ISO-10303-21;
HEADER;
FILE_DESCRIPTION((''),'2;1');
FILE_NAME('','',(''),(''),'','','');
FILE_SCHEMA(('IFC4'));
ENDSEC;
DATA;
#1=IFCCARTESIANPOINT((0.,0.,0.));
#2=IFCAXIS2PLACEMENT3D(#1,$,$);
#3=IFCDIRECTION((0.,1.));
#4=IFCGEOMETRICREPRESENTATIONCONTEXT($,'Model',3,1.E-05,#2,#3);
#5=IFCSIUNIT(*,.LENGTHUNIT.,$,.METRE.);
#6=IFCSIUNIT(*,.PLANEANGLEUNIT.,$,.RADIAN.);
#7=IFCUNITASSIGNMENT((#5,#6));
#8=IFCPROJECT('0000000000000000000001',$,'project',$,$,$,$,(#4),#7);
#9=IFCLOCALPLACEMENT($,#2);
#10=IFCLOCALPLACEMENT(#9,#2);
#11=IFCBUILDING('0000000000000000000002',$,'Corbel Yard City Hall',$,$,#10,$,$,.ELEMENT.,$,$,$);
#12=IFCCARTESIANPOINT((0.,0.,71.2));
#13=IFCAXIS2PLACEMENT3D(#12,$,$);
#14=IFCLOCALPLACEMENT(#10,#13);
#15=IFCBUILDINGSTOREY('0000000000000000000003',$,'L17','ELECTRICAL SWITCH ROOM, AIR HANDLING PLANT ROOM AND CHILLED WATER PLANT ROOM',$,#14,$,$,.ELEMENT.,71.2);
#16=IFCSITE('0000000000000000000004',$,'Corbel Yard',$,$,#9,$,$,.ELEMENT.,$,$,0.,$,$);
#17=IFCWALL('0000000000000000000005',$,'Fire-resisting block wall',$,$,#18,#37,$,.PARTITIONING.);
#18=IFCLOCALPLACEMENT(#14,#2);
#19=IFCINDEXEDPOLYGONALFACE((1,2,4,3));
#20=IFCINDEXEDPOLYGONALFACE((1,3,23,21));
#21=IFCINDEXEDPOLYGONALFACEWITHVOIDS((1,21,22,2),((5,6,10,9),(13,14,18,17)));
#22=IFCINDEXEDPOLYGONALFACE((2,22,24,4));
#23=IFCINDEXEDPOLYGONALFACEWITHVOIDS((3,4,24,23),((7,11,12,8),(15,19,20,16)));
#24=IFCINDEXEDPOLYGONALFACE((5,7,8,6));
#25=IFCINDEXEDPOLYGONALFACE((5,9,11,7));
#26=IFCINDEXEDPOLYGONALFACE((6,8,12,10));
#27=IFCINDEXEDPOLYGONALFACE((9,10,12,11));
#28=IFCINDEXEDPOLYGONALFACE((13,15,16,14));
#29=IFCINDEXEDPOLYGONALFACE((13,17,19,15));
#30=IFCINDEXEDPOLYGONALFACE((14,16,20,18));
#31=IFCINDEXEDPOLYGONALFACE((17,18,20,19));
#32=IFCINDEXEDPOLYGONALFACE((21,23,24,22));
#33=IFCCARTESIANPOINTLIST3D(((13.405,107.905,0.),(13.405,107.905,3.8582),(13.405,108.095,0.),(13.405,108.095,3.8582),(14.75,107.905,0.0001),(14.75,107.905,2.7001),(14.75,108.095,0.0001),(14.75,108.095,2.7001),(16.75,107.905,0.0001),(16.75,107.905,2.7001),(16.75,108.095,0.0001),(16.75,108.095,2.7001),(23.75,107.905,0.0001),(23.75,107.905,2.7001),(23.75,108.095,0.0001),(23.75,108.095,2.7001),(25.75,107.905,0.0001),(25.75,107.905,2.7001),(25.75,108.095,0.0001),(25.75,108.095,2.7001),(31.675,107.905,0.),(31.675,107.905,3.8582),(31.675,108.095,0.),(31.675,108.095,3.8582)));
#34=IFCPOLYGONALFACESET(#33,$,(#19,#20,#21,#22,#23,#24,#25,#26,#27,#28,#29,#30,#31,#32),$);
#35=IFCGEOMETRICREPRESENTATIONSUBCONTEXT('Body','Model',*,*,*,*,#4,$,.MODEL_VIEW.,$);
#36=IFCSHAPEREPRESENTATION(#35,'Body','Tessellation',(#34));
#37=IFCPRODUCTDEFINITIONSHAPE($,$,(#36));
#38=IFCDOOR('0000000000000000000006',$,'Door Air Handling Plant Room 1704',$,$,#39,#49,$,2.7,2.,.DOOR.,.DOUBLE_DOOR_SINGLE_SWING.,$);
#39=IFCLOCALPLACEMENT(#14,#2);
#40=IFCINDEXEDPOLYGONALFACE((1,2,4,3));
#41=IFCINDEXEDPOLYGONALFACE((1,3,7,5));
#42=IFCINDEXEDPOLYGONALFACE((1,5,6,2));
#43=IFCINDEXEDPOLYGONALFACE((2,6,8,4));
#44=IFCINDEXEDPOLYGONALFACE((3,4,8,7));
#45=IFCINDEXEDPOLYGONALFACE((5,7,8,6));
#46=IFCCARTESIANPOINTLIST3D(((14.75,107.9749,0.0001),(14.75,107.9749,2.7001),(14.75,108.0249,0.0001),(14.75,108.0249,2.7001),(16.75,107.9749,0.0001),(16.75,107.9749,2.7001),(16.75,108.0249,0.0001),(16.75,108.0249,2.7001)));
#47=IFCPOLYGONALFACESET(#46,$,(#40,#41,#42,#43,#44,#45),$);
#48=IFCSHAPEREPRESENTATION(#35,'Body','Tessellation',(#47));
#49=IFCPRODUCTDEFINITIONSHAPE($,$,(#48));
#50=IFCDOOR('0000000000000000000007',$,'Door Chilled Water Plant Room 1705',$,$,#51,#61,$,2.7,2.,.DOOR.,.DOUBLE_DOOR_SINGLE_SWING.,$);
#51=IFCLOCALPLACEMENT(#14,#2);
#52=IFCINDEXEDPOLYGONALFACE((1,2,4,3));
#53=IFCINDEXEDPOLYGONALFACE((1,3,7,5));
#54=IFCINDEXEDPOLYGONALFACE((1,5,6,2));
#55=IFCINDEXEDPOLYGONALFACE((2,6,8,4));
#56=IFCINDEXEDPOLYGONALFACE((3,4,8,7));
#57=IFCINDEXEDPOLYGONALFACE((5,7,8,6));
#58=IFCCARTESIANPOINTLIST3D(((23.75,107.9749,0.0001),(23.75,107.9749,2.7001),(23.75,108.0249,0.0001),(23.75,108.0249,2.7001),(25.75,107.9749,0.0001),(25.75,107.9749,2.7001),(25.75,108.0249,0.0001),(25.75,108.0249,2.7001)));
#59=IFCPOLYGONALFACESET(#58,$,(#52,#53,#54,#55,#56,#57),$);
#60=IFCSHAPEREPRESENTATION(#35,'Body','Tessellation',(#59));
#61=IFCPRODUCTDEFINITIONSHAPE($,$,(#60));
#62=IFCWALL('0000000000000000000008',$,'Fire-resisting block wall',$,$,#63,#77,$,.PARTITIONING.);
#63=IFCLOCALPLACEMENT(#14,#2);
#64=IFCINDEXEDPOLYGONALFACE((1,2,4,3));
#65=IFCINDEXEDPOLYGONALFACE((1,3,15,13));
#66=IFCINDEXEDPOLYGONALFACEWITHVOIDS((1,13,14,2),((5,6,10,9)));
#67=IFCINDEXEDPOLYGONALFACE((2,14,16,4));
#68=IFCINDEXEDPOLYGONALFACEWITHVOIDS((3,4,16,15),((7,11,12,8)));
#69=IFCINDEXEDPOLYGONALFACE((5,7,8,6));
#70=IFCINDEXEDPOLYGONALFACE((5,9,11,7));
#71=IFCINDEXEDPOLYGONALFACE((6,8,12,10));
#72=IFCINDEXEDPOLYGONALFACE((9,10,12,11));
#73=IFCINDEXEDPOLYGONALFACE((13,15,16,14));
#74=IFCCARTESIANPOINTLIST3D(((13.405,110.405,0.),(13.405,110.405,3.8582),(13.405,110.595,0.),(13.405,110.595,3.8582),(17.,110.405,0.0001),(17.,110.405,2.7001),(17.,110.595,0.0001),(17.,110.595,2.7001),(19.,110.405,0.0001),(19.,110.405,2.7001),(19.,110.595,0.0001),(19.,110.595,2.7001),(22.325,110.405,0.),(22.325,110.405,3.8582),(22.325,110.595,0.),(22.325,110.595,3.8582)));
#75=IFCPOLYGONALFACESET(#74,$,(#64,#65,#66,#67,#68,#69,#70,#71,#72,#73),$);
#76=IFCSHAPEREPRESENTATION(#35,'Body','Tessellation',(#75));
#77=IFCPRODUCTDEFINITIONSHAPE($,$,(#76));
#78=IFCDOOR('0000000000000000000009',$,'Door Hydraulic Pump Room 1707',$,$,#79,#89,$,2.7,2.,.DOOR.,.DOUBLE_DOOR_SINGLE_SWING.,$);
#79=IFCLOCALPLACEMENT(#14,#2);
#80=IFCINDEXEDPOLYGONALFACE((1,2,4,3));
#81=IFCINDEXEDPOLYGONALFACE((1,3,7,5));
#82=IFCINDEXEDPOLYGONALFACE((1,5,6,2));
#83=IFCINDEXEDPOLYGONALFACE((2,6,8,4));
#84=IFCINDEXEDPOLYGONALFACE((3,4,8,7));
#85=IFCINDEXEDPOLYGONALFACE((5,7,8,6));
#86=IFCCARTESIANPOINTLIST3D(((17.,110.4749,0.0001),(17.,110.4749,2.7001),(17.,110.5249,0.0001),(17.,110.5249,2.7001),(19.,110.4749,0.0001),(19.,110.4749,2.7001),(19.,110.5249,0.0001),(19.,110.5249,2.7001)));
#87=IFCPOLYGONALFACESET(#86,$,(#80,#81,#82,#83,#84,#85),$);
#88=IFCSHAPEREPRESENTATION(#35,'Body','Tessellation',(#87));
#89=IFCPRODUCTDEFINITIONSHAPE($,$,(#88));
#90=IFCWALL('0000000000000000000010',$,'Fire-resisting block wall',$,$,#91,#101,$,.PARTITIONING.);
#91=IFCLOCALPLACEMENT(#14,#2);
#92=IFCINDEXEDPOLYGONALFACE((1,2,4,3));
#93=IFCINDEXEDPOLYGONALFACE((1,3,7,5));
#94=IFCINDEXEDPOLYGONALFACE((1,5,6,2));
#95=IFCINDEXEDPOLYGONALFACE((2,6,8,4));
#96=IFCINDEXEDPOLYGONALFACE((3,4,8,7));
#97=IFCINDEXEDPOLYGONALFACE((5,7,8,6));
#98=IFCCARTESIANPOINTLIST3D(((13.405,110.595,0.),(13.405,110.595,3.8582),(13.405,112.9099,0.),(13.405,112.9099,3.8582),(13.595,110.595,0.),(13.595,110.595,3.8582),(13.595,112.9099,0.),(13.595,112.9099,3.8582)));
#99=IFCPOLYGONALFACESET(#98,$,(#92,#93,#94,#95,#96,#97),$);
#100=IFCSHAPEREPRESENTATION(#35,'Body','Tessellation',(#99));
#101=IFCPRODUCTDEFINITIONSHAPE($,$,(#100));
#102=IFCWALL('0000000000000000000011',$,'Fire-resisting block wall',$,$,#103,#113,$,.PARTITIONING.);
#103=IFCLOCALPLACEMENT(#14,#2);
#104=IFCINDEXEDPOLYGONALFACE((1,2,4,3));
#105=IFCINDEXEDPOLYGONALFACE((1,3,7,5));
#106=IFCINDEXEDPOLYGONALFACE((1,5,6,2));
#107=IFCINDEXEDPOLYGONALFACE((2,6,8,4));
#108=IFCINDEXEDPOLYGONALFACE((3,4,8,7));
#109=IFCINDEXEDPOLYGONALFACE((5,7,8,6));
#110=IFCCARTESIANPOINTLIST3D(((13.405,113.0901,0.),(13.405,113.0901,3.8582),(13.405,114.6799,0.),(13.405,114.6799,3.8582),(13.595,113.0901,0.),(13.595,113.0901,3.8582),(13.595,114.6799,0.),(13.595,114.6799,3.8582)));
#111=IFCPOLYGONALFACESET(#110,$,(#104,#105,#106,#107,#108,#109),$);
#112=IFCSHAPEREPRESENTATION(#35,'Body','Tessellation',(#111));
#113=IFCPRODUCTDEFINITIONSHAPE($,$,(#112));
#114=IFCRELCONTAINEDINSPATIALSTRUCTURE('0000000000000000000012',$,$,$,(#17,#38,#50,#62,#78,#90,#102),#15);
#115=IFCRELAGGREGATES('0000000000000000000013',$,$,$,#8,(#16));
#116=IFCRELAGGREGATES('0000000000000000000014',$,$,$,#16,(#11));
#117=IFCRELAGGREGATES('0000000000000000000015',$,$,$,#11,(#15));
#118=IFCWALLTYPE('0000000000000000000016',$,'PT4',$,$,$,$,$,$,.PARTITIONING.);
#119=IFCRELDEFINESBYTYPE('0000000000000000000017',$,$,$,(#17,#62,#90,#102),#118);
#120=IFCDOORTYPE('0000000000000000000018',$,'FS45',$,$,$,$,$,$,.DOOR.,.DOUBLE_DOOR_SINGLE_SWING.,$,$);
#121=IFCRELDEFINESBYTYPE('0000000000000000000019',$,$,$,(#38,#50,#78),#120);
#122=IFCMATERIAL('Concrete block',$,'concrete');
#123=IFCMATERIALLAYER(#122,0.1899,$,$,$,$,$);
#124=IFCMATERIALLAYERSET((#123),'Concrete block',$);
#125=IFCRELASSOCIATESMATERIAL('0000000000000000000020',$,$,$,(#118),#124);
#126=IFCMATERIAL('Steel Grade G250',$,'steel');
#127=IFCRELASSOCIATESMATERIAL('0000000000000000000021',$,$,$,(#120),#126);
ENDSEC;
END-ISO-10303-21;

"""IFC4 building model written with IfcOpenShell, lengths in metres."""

from ifc_helpers import new_model, si_unit, direction, frame, frame_2d, origin, place, context, subcontext, project, spatial, rectangle, extrude, material, layer, layer_set, type_object, element, fill, save


model = new_model("IFC4")

# Units and contexts
model_context = context("Model", 3, precision=1e-05, world=origin(), true_north=direction((0.0, 1.0)))
body_context = subcontext(model_context, "Body", "Model", "MODEL_VIEW")
ifc_project = project(units=[si_unit("LENGTHUNIT", "METRE"), si_unit("PLANEANGLEUNIT", "RADIAN")], contexts=[model_context])

# Site, building, storey
site_placement = place(None, origin())
site = spatial("IfcSite", under=ifc_project, at=site_placement, Name="Corbel Yard", CompositionType="ELEMENT", RefElevation=0.0)
building_placement = place(site_placement, origin())
building = spatial("IfcBuilding", under=site, at=building_placement, Name="Corbel Yard City Hall", CompositionType="ELEMENT")
storey_placement = place(building_placement, frame((0.0, 0.0, 71.2)))
storey = spatial("IfcBuildingStorey", under=building, at=storey_placement, Name="L17", Description="ELECTRICAL SWITCH ROOM, AIR HANDLING PLANT ROOM AND CHILLED WATER PLANT ROOM", CompositionType="ELEMENT", Elevation=71.2)

# Shared definitions
ifc_material_1 = material(Name="Steel Grade G250", Category="steel")
ifc_material_2 = material(Name="Concrete block", Category="concrete")
ifc_layer_1 = layer(ifc_material_2, 0.1899)
ifc_layer_set_1 = layer_set([ifc_layer_1], Name="Concrete block")
wall_type_1 = type_object("IfcWallType", Name="PT4", PredefinedType="PARTITIONING", material=ifc_layer_set_1)

# Wall, openings, doors
wall_1_placement = place(storey_placement, frame((13.405, 108.0, 0.0), z_axis=(0.0, 0.0, 1.0), x_axis=(1.0, 0.0, 0.0)))
wall_1 = element("IfcWall", 1, at=wall_1_placement, inside=storey, type_object=wall_type_1, Name="Fire-resisting block wall", PredefinedType="PARTITIONING", context=body_context, shape_type="SweptSolid", body=[
    extrude(rectangle(XDim=18.27, YDim=0.1899, at=frame_2d((9.135, 0.0))), origin(), (0.0, 0.0, 1.0), 3.8582),
])
opening_1_placement = place(wall_1_placement, frame((1.345, 0.0, 0.0)))
opening_1 = element("IfcOpeningElement", 2, at=opening_1_placement, cuts=wall_1, PredefinedType="OPENING", context=body_context, shape_type="SweptSolid", body=[
    extrude(rectangle(XDim=2.0, YDim=2.7, at=frame_2d((1.0, 1.3501))), frame((0.0, 0.105, 0.0), z_axis=(0.0, -1.0, 0.0), x_axis=(1.0, 0.0, 0.0)), (0.0, 0.0, 1.0), 0.21),
])
opening_2_placement = place(wall_1_placement, frame((10.345, 0.0, 0.0)))
opening_2 = element("IfcOpeningElement", 3, at=opening_2_placement, cuts=wall_1, PredefinedType="OPENING", context=body_context, shape_type="SweptSolid", body=[
    extrude(rectangle(XDim=2.0, YDim=2.7, at=frame_2d((1.0, 1.3501))), frame((0.0, 0.105, 0.0), z_axis=(0.0, -1.0, 0.0), x_axis=(1.0, 0.0, 0.0)), (0.0, 0.0, 1.0), 0.21),
])
door_type_1 = type_object("IfcDoorType", Name="FS45", OperationType="DOUBLE_DOOR_SINGLE_SWING", PredefinedType="DOOR", material=ifc_material_1)
door_1_placement = place(opening_1_placement, origin())
door_1 = element("IfcDoor", 4, at=door_1_placement, inside=storey, type_object=door_type_1, Name="Door Air Handling Plant Room 1704", OperationType="DOUBLE_DOOR_SINGLE_SWING", OverallHeight=2.7, OverallWidth=2.0, PredefinedType="DOOR", context=body_context, shape_type="SweptSolid", body=[
    extrude(rectangle(XDim=2.0, YDim=2.7, at=frame_2d((1.0, 1.3501))), frame((0.0, 0.0249, 0.0), z_axis=(0.0, -1.0, 0.0), x_axis=(1.0, 0.0, 0.0)), (0.0, 0.0, 1.0), 0.05),
])
fill(opening_1, door_1)
door_2_placement = place(opening_2_placement, origin())
door_2 = element("IfcDoor", 5, at=door_2_placement, inside=storey, type_object=door_type_1, Name="Door Chilled Water Plant Room 1705", OperationType="DOUBLE_DOOR_SINGLE_SWING", OverallHeight=2.7, OverallWidth=2.0, PredefinedType="DOOR", context=body_context, shape_type="SweptSolid", body=[
    extrude(rectangle(XDim=2.0, YDim=2.7, at=frame_2d((1.0, 1.3501))), frame((0.0, 0.0249, 0.0), z_axis=(0.0, -1.0, 0.0), x_axis=(1.0, 0.0, 0.0)), (0.0, 0.0, 1.0), 0.05),
])
fill(opening_2, door_2)

# Wall, opening, door
wall_2_placement = place(storey_placement, frame((13.405, 110.5, 0.0), z_axis=(0.0, 0.0, 1.0), x_axis=(1.0, 0.0, 0.0)))
wall_2 = element("IfcWall", 6, at=wall_2_placement, inside=storey, type_object=wall_type_1, Name="Fire-resisting block wall", PredefinedType="PARTITIONING", context=body_context, shape_type="SweptSolid", body=[
    extrude(rectangle(XDim=8.9199, YDim=0.1899, at=frame_2d((4.46, 0.0))), origin(), (0.0, 0.0, 1.0), 3.8582),
])
opening_3_placement = place(wall_2_placement, frame((3.595, 0.0, 0.0)))
opening_3 = element("IfcOpeningElement", 7, at=opening_3_placement, cuts=wall_2, PredefinedType="OPENING", context=body_context, shape_type="SweptSolid", body=[
    extrude(rectangle(XDim=2.0, YDim=2.7, at=frame_2d((1.0, 1.3501))), frame((0.0, 0.105, 0.0), z_axis=(0.0, -1.0, 0.0), x_axis=(1.0, 0.0, 0.0)), (0.0, 0.0, 1.0), 0.21),
])
door_3_placement = place(opening_3_placement, origin())
door_3 = element("IfcDoor", 8, at=door_3_placement, inside=storey, type_object=door_type_1, Name="Door Hydraulic Pump Room 1707", OperationType="DOUBLE_DOOR_SINGLE_SWING", OverallHeight=2.7, OverallWidth=2.0, PredefinedType="DOOR", context=body_context, shape_type="SweptSolid", body=[
    extrude(rectangle(XDim=2.0, YDim=2.7, at=frame_2d((1.0, 1.3501))), frame((0.0, 0.0249, 0.0), z_axis=(0.0, -1.0, 0.0), x_axis=(1.0, 0.0, 0.0)), (0.0, 0.0, 1.0), 0.05),
])
fill(opening_3, door_3)

# Walls
wall_3_placement = place(storey_placement, frame((13.5, 110.595, 0.0), z_axis=(0.0, 0.0, 1.0), x_axis=(0.0, 1.0, 0.0)))
element("IfcWall", 9, at=wall_3_placement, inside=storey, type_object=wall_type_1, Name="Fire-resisting block wall", PredefinedType="PARTITIONING", context=body_context, shape_type="SweptSolid", body=[
    extrude(rectangle(XDim=2.3149, YDim=0.1899, at=frame_2d((1.1575, 0.0))), origin(), (0.0, 0.0, 1.0), 3.8582),
])
wall_4_placement = place(storey_placement, frame((13.5, 113.0901, 0.0), z_axis=(0.0, 0.0, 1.0), x_axis=(0.0, 1.0, 0.0)))
element("IfcWall", 10, at=wall_4_placement, inside=storey, type_object=wall_type_1, Name="Fire-resisting block wall", PredefinedType="PARTITIONING", context=body_context, shape_type="SweptSolid", body=[
    extrude(rectangle(XDim=1.5898, YDim=0.1899, at=frame_2d((0.7949, 0.0))), origin(), (0.0, 0.0, 1.0), 3.8582),
])

save(model, "model.ifc")
